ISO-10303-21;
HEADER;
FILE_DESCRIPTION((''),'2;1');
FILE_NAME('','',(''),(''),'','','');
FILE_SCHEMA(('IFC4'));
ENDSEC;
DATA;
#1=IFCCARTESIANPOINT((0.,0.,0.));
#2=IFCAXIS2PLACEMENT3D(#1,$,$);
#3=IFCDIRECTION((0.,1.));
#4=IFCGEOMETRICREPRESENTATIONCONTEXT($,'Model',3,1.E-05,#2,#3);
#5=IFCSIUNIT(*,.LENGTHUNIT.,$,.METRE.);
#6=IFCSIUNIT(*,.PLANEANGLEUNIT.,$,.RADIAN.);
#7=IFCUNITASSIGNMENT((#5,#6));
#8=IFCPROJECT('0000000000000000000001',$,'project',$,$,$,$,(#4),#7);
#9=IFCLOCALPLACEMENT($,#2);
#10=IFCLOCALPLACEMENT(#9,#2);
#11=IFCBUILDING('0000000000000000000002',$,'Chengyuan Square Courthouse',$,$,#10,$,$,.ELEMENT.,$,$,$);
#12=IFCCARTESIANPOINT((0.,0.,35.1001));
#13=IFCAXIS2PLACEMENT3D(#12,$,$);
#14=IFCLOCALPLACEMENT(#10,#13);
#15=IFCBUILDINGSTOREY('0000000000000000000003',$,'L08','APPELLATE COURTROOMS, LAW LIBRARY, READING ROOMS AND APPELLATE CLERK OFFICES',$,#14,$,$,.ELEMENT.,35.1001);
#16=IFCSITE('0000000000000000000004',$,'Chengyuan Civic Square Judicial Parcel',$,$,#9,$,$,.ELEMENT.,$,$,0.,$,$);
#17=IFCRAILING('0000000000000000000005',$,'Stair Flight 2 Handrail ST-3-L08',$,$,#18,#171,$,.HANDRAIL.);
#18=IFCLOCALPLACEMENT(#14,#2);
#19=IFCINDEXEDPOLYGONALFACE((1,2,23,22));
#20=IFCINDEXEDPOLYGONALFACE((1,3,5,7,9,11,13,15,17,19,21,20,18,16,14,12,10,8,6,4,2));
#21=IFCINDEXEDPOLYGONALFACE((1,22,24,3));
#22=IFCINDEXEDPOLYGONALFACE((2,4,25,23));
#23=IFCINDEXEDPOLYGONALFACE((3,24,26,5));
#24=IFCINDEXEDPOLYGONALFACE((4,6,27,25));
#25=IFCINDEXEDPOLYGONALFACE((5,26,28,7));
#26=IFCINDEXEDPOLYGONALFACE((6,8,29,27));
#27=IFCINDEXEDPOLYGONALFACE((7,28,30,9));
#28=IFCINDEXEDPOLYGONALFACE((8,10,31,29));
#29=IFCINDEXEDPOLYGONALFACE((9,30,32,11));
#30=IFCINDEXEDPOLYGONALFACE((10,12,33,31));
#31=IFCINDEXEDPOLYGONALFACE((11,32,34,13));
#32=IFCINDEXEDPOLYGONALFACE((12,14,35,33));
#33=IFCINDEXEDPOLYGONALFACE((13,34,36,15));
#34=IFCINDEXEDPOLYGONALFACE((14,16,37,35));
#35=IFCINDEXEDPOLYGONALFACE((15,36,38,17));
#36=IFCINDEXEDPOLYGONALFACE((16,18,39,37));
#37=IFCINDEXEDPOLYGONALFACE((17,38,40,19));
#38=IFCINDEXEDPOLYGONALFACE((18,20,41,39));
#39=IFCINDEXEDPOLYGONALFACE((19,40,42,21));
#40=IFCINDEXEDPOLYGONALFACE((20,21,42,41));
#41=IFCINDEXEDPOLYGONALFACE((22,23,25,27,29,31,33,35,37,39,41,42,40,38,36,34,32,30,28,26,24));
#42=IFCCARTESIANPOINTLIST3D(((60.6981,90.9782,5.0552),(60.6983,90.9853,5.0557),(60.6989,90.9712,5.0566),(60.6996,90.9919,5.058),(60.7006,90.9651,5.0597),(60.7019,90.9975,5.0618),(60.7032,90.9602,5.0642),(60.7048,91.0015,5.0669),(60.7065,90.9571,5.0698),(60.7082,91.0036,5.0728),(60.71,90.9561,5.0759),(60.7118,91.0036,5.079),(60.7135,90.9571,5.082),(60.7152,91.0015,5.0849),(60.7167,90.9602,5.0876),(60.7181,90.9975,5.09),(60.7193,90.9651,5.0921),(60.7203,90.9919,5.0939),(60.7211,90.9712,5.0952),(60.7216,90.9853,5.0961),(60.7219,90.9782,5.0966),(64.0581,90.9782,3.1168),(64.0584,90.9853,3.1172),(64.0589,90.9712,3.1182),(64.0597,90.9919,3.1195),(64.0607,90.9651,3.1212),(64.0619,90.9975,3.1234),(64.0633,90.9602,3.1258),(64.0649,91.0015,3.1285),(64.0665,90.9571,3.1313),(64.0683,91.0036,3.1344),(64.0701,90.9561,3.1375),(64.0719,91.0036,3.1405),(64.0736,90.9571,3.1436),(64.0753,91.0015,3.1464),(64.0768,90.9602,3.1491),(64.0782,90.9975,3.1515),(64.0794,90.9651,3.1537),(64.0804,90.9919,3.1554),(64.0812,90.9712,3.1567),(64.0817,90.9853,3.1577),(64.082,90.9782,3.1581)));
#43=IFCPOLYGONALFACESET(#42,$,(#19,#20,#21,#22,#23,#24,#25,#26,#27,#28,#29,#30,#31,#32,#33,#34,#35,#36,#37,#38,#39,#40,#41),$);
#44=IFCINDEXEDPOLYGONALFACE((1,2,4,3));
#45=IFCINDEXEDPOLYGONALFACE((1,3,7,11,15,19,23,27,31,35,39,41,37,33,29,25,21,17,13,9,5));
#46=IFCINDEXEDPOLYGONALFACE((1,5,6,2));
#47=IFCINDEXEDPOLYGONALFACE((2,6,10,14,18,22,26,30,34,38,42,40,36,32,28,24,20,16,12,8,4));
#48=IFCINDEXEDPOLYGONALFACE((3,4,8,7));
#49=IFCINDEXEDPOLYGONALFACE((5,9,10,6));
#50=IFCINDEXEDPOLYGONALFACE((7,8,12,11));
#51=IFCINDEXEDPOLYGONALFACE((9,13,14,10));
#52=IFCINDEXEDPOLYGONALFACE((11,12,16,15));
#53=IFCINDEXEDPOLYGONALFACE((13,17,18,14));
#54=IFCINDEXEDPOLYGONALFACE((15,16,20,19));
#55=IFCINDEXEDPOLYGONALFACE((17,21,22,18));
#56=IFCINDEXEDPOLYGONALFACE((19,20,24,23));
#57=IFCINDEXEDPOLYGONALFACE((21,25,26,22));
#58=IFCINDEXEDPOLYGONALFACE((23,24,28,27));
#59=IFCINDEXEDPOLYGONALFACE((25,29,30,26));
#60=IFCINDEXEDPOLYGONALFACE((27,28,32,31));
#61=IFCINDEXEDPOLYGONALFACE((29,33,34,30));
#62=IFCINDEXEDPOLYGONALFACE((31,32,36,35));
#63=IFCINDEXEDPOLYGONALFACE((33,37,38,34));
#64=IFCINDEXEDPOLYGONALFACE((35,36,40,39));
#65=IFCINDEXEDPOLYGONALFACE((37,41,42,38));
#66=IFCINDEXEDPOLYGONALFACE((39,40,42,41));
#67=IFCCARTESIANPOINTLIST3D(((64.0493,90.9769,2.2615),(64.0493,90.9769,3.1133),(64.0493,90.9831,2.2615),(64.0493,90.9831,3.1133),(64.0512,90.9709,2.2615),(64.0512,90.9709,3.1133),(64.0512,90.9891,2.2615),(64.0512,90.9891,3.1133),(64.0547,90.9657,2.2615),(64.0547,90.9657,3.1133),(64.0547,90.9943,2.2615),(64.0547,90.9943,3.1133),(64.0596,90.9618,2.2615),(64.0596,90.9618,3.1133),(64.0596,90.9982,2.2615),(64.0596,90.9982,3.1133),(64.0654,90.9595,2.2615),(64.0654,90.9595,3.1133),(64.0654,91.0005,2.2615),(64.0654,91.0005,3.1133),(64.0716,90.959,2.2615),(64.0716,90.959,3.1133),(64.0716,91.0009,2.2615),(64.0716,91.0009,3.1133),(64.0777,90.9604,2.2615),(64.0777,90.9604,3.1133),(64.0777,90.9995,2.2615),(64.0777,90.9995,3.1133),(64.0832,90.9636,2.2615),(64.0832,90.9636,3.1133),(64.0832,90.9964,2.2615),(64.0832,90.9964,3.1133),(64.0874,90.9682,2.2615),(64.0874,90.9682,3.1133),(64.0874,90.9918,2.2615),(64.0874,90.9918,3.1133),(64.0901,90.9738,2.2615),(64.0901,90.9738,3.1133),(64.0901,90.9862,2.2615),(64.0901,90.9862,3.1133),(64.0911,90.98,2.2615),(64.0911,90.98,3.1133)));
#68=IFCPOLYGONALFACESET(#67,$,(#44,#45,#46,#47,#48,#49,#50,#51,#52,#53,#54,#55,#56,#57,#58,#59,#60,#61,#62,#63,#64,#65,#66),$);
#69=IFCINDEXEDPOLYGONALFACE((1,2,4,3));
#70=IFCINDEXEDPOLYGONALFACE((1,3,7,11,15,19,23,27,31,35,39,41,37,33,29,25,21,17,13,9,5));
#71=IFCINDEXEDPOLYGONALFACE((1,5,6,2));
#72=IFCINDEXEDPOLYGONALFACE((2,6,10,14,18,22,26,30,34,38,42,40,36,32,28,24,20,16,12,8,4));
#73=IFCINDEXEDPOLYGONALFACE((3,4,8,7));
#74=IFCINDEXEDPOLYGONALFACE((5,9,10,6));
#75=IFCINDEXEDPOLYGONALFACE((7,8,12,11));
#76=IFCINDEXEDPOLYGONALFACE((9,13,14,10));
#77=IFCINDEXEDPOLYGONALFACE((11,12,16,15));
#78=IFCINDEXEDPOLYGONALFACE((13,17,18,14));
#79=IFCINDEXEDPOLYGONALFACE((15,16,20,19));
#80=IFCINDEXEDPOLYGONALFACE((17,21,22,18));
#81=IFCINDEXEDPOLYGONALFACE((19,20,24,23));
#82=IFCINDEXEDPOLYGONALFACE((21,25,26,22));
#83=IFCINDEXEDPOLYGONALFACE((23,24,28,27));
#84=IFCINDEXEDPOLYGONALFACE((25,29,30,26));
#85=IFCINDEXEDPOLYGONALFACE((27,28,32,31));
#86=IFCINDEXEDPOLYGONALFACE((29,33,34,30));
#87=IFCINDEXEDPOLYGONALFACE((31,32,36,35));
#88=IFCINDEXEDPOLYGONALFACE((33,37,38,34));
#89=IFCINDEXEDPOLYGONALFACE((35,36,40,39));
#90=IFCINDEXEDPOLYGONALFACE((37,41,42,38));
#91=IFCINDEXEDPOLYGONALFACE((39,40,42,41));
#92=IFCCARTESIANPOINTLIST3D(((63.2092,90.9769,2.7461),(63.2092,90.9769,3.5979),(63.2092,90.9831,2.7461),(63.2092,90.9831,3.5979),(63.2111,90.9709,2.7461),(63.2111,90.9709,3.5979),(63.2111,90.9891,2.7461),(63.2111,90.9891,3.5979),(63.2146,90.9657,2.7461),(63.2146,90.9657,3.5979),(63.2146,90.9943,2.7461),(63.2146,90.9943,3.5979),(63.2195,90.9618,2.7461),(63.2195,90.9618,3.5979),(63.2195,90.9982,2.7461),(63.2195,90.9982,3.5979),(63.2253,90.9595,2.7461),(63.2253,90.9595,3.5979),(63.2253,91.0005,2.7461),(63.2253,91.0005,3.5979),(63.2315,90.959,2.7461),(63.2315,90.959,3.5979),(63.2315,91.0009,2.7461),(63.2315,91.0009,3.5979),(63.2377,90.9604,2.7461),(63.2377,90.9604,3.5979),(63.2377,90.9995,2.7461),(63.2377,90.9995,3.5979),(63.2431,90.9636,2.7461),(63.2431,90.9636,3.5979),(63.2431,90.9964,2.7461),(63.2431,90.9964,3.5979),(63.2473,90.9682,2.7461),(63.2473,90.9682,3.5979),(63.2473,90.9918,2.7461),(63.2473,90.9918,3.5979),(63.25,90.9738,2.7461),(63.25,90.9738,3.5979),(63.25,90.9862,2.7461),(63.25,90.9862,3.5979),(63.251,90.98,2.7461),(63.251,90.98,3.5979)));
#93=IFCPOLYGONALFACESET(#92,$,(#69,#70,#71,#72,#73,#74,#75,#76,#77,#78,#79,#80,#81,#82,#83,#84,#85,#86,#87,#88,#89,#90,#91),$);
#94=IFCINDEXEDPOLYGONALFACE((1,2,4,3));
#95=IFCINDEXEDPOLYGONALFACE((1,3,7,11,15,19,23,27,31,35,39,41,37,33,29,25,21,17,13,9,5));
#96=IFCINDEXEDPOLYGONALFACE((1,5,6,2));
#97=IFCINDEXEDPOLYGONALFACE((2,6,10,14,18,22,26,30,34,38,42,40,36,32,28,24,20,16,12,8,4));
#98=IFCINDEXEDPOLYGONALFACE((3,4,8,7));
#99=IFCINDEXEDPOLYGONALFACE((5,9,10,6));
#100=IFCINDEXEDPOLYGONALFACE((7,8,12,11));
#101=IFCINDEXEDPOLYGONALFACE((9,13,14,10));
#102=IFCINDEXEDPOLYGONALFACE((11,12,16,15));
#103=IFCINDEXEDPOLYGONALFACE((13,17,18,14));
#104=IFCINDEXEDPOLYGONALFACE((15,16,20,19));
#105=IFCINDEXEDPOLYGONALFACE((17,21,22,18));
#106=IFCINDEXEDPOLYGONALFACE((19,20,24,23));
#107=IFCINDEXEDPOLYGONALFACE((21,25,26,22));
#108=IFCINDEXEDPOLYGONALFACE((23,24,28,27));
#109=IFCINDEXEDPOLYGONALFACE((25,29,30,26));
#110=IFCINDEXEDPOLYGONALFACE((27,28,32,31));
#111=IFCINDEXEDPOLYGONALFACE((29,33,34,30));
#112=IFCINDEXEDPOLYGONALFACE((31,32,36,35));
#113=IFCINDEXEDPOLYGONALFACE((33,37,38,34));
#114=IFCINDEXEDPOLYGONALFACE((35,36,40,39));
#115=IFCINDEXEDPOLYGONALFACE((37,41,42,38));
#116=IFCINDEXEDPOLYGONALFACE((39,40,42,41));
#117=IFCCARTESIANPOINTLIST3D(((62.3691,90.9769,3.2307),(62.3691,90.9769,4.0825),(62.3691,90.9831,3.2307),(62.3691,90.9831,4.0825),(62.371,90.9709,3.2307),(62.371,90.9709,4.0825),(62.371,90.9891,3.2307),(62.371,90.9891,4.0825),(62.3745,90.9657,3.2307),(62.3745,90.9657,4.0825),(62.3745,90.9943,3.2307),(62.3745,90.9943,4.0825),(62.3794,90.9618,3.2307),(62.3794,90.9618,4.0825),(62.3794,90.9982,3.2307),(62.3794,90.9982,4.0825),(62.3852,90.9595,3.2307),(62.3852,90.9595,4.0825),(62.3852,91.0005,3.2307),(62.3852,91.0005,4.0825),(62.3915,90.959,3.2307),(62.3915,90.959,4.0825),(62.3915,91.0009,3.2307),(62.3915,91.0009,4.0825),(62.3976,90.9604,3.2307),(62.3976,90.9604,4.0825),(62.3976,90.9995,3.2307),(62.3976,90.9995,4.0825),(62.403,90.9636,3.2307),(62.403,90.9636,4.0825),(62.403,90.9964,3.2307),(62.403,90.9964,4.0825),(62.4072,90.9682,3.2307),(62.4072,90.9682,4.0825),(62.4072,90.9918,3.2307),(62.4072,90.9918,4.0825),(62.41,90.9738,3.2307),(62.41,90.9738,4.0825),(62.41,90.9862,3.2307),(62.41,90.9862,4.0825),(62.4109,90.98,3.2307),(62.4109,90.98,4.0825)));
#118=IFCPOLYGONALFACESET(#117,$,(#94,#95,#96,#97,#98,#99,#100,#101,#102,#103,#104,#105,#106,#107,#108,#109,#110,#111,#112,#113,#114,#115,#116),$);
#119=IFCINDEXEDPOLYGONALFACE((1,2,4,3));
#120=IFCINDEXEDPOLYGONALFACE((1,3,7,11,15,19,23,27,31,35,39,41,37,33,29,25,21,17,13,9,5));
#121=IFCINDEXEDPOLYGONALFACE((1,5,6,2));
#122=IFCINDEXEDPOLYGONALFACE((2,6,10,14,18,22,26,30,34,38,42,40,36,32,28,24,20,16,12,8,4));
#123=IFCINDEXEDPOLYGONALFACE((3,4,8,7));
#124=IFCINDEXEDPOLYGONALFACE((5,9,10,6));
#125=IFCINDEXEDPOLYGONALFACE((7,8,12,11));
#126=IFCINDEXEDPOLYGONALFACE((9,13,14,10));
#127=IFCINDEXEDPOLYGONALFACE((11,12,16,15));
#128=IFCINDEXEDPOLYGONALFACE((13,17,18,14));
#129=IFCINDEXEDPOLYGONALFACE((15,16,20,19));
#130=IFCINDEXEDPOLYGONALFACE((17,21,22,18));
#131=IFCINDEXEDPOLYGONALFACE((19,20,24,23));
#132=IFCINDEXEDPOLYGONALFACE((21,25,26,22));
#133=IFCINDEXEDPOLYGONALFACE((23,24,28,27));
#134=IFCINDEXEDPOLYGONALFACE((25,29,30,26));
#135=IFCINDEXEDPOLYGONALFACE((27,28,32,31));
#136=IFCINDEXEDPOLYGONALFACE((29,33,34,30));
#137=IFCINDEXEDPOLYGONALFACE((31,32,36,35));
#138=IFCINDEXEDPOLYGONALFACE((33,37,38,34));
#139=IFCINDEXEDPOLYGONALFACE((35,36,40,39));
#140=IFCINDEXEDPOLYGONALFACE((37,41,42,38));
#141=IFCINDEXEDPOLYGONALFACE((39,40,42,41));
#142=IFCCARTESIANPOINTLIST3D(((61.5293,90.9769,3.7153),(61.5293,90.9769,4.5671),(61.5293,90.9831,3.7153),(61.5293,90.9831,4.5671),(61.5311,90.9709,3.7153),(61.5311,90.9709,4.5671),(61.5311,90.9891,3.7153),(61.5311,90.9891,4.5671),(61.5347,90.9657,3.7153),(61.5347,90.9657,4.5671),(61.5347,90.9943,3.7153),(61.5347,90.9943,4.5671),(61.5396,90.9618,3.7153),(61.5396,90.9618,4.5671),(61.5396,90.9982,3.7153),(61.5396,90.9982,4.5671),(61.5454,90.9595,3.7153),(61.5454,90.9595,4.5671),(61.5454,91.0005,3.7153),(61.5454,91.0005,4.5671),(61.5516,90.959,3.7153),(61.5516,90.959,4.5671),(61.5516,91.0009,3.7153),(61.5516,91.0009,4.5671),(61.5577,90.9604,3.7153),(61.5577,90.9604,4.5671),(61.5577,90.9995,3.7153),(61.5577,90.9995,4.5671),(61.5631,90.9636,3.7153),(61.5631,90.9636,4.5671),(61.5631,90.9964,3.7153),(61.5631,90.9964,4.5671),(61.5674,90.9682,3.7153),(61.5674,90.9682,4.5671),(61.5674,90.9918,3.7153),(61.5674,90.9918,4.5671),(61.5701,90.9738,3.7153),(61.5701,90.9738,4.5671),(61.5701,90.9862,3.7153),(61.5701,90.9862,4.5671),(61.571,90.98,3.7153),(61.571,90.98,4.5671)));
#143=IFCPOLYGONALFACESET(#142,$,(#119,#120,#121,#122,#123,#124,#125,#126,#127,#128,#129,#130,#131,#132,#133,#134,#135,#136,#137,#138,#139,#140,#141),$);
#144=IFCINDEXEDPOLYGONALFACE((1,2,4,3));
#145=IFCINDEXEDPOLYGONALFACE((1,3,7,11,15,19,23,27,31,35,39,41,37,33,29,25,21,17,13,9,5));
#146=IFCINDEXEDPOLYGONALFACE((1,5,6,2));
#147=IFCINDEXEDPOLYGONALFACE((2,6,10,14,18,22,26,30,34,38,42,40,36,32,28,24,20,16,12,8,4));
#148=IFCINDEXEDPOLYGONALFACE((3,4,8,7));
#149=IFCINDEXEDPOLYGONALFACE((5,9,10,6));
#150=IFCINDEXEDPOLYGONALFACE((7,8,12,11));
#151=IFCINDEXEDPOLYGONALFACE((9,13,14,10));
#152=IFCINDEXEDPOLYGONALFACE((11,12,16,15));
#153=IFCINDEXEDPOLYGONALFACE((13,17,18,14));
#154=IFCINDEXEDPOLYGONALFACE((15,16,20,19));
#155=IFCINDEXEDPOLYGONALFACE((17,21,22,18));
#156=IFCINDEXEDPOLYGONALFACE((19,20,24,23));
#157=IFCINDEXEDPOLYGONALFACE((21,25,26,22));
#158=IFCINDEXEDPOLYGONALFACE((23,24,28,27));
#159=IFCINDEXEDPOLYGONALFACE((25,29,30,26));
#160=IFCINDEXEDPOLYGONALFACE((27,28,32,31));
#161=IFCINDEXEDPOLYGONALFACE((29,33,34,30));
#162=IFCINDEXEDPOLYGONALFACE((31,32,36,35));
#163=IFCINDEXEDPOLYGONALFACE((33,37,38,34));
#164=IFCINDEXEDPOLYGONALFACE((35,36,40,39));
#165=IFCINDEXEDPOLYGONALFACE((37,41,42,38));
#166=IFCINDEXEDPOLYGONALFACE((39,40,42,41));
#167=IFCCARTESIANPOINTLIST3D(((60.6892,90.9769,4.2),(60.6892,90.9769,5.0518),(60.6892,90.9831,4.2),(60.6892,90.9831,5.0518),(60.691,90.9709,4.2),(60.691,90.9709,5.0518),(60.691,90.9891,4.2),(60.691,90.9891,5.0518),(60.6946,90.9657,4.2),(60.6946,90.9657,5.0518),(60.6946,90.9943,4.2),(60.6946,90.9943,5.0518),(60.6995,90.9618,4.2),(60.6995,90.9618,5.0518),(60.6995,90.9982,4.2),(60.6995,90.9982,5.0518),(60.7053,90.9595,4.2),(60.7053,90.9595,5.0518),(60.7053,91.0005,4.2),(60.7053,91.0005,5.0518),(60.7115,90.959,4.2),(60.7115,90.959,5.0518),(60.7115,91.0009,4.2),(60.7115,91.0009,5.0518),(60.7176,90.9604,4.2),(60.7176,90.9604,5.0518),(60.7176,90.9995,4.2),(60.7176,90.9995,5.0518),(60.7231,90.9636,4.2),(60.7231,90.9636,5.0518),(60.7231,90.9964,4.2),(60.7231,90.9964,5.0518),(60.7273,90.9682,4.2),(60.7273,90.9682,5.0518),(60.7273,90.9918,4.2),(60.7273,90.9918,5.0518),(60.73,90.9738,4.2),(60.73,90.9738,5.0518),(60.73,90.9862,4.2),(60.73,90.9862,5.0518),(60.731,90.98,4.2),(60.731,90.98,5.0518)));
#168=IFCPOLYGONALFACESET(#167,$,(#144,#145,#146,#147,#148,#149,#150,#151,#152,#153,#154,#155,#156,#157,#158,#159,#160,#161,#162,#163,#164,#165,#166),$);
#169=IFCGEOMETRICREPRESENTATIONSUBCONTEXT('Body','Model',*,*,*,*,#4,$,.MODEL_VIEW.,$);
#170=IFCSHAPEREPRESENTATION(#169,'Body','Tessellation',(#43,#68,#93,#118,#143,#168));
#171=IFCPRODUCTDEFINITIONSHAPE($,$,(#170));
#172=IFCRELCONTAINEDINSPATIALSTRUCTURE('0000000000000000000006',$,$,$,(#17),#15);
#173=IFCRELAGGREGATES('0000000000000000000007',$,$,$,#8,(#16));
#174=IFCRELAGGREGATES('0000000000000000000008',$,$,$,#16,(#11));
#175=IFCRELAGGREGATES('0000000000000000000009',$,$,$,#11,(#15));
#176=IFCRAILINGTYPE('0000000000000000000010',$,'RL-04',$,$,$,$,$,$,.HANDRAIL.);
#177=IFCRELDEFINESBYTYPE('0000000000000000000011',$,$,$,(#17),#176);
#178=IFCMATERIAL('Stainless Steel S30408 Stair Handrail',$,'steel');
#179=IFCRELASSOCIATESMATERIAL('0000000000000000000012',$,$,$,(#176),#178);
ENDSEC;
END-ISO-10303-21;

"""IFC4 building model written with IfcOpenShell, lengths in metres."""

from ifc_helpers import new_model, si_unit, direction, frame, origin, origin_2d, place, context, subcontext, project, spatial, circle, extrude, material, type_object, element, save


model = new_model("IFC4")

# Units and contexts
model_context = context("Model", 3, precision=1e-05, world=origin(), true_north=direction((0.0, 1.0)))
body_context = subcontext(model_context, "Body", "Model", "MODEL_VIEW")
ifc_project = project(units=[si_unit("LENGTHUNIT", "METRE"), si_unit("PLANEANGLEUNIT", "RADIAN")], contexts=[model_context])

# Site, building, storey
site_placement = place(None, origin())
site = spatial("IfcSite", under=ifc_project, at=site_placement, Name="Chengyuan Civic Square Judicial Parcel", CompositionType="ELEMENT", RefElevation=0.0)
building_placement = place(site_placement, origin())
building = spatial("IfcBuilding", under=site, at=building_placement, Name="Chengyuan Square Courthouse", CompositionType="ELEMENT")
storey_placement = place(building_placement, frame((0.0, 0.0, 35.1001)))
storey = spatial("IfcBuildingStorey", under=building, at=storey_placement, Name="L08", Description="APPELLATE COURTROOMS, LAW LIBRARY, READING ROOMS AND APPELLATE CLERK OFFICES", CompositionType="ELEMENT", Elevation=35.1001)

# Railing
ifc_material_1 = material(Name="Stainless Steel S30408 Stair Handrail", Category="steel")
railing_type_1 = type_object("IfcRailingType", Name="RL-04", PredefinedType="HANDRAIL", material=ifc_material_1)
railing_1_placement = place(storey_placement, frame((64.0701, 90.98, 2.2615)))
element("IfcRailing", 1, at=railing_1_placement, inside=storey, type_object=railing_type_1, Name="Stair Flight 2 Handrail ST-3-L08", PredefinedType="HANDRAIL", context=body_context, shape_type="SweptSolid", body=[
    extrude(circle(Radius=0.0239, at=origin_2d()), frame((0.0, 0.0, 0.876), z_axis=(-0.866191, 0.0, 0.499713), x_axis=(0.0, -1.0, 0.0)), (0.0, 0.0, 1.0), 3.8792),
    extrude(circle(Radius=0.021, at=origin_2d()), origin(), (0.0, 0.0, 1.0), 0.8518),
    extrude(circle(Radius=0.021, at=origin_2d()), frame((-0.8401, 0.0, 0.4846)), (0.0, 0.0, 1.0), 0.8518),
    extrude(circle(Radius=0.021, at=origin_2d()), frame((-1.6802, 0.0, 0.9692)), (0.0, 0.0, 1.0), 0.8518),
    extrude(circle(Radius=0.021, at=origin_2d()), frame((-2.52, 0.0, 1.4539)), (0.0, 0.0, 1.0), 0.8518),
    extrude(circle(Radius=0.021, at=origin_2d()), frame((-3.3601, 0.0, 1.9385)), (0.0, 0.0, 1.0), 0.8518),
])

save(model, "model.ifc")
